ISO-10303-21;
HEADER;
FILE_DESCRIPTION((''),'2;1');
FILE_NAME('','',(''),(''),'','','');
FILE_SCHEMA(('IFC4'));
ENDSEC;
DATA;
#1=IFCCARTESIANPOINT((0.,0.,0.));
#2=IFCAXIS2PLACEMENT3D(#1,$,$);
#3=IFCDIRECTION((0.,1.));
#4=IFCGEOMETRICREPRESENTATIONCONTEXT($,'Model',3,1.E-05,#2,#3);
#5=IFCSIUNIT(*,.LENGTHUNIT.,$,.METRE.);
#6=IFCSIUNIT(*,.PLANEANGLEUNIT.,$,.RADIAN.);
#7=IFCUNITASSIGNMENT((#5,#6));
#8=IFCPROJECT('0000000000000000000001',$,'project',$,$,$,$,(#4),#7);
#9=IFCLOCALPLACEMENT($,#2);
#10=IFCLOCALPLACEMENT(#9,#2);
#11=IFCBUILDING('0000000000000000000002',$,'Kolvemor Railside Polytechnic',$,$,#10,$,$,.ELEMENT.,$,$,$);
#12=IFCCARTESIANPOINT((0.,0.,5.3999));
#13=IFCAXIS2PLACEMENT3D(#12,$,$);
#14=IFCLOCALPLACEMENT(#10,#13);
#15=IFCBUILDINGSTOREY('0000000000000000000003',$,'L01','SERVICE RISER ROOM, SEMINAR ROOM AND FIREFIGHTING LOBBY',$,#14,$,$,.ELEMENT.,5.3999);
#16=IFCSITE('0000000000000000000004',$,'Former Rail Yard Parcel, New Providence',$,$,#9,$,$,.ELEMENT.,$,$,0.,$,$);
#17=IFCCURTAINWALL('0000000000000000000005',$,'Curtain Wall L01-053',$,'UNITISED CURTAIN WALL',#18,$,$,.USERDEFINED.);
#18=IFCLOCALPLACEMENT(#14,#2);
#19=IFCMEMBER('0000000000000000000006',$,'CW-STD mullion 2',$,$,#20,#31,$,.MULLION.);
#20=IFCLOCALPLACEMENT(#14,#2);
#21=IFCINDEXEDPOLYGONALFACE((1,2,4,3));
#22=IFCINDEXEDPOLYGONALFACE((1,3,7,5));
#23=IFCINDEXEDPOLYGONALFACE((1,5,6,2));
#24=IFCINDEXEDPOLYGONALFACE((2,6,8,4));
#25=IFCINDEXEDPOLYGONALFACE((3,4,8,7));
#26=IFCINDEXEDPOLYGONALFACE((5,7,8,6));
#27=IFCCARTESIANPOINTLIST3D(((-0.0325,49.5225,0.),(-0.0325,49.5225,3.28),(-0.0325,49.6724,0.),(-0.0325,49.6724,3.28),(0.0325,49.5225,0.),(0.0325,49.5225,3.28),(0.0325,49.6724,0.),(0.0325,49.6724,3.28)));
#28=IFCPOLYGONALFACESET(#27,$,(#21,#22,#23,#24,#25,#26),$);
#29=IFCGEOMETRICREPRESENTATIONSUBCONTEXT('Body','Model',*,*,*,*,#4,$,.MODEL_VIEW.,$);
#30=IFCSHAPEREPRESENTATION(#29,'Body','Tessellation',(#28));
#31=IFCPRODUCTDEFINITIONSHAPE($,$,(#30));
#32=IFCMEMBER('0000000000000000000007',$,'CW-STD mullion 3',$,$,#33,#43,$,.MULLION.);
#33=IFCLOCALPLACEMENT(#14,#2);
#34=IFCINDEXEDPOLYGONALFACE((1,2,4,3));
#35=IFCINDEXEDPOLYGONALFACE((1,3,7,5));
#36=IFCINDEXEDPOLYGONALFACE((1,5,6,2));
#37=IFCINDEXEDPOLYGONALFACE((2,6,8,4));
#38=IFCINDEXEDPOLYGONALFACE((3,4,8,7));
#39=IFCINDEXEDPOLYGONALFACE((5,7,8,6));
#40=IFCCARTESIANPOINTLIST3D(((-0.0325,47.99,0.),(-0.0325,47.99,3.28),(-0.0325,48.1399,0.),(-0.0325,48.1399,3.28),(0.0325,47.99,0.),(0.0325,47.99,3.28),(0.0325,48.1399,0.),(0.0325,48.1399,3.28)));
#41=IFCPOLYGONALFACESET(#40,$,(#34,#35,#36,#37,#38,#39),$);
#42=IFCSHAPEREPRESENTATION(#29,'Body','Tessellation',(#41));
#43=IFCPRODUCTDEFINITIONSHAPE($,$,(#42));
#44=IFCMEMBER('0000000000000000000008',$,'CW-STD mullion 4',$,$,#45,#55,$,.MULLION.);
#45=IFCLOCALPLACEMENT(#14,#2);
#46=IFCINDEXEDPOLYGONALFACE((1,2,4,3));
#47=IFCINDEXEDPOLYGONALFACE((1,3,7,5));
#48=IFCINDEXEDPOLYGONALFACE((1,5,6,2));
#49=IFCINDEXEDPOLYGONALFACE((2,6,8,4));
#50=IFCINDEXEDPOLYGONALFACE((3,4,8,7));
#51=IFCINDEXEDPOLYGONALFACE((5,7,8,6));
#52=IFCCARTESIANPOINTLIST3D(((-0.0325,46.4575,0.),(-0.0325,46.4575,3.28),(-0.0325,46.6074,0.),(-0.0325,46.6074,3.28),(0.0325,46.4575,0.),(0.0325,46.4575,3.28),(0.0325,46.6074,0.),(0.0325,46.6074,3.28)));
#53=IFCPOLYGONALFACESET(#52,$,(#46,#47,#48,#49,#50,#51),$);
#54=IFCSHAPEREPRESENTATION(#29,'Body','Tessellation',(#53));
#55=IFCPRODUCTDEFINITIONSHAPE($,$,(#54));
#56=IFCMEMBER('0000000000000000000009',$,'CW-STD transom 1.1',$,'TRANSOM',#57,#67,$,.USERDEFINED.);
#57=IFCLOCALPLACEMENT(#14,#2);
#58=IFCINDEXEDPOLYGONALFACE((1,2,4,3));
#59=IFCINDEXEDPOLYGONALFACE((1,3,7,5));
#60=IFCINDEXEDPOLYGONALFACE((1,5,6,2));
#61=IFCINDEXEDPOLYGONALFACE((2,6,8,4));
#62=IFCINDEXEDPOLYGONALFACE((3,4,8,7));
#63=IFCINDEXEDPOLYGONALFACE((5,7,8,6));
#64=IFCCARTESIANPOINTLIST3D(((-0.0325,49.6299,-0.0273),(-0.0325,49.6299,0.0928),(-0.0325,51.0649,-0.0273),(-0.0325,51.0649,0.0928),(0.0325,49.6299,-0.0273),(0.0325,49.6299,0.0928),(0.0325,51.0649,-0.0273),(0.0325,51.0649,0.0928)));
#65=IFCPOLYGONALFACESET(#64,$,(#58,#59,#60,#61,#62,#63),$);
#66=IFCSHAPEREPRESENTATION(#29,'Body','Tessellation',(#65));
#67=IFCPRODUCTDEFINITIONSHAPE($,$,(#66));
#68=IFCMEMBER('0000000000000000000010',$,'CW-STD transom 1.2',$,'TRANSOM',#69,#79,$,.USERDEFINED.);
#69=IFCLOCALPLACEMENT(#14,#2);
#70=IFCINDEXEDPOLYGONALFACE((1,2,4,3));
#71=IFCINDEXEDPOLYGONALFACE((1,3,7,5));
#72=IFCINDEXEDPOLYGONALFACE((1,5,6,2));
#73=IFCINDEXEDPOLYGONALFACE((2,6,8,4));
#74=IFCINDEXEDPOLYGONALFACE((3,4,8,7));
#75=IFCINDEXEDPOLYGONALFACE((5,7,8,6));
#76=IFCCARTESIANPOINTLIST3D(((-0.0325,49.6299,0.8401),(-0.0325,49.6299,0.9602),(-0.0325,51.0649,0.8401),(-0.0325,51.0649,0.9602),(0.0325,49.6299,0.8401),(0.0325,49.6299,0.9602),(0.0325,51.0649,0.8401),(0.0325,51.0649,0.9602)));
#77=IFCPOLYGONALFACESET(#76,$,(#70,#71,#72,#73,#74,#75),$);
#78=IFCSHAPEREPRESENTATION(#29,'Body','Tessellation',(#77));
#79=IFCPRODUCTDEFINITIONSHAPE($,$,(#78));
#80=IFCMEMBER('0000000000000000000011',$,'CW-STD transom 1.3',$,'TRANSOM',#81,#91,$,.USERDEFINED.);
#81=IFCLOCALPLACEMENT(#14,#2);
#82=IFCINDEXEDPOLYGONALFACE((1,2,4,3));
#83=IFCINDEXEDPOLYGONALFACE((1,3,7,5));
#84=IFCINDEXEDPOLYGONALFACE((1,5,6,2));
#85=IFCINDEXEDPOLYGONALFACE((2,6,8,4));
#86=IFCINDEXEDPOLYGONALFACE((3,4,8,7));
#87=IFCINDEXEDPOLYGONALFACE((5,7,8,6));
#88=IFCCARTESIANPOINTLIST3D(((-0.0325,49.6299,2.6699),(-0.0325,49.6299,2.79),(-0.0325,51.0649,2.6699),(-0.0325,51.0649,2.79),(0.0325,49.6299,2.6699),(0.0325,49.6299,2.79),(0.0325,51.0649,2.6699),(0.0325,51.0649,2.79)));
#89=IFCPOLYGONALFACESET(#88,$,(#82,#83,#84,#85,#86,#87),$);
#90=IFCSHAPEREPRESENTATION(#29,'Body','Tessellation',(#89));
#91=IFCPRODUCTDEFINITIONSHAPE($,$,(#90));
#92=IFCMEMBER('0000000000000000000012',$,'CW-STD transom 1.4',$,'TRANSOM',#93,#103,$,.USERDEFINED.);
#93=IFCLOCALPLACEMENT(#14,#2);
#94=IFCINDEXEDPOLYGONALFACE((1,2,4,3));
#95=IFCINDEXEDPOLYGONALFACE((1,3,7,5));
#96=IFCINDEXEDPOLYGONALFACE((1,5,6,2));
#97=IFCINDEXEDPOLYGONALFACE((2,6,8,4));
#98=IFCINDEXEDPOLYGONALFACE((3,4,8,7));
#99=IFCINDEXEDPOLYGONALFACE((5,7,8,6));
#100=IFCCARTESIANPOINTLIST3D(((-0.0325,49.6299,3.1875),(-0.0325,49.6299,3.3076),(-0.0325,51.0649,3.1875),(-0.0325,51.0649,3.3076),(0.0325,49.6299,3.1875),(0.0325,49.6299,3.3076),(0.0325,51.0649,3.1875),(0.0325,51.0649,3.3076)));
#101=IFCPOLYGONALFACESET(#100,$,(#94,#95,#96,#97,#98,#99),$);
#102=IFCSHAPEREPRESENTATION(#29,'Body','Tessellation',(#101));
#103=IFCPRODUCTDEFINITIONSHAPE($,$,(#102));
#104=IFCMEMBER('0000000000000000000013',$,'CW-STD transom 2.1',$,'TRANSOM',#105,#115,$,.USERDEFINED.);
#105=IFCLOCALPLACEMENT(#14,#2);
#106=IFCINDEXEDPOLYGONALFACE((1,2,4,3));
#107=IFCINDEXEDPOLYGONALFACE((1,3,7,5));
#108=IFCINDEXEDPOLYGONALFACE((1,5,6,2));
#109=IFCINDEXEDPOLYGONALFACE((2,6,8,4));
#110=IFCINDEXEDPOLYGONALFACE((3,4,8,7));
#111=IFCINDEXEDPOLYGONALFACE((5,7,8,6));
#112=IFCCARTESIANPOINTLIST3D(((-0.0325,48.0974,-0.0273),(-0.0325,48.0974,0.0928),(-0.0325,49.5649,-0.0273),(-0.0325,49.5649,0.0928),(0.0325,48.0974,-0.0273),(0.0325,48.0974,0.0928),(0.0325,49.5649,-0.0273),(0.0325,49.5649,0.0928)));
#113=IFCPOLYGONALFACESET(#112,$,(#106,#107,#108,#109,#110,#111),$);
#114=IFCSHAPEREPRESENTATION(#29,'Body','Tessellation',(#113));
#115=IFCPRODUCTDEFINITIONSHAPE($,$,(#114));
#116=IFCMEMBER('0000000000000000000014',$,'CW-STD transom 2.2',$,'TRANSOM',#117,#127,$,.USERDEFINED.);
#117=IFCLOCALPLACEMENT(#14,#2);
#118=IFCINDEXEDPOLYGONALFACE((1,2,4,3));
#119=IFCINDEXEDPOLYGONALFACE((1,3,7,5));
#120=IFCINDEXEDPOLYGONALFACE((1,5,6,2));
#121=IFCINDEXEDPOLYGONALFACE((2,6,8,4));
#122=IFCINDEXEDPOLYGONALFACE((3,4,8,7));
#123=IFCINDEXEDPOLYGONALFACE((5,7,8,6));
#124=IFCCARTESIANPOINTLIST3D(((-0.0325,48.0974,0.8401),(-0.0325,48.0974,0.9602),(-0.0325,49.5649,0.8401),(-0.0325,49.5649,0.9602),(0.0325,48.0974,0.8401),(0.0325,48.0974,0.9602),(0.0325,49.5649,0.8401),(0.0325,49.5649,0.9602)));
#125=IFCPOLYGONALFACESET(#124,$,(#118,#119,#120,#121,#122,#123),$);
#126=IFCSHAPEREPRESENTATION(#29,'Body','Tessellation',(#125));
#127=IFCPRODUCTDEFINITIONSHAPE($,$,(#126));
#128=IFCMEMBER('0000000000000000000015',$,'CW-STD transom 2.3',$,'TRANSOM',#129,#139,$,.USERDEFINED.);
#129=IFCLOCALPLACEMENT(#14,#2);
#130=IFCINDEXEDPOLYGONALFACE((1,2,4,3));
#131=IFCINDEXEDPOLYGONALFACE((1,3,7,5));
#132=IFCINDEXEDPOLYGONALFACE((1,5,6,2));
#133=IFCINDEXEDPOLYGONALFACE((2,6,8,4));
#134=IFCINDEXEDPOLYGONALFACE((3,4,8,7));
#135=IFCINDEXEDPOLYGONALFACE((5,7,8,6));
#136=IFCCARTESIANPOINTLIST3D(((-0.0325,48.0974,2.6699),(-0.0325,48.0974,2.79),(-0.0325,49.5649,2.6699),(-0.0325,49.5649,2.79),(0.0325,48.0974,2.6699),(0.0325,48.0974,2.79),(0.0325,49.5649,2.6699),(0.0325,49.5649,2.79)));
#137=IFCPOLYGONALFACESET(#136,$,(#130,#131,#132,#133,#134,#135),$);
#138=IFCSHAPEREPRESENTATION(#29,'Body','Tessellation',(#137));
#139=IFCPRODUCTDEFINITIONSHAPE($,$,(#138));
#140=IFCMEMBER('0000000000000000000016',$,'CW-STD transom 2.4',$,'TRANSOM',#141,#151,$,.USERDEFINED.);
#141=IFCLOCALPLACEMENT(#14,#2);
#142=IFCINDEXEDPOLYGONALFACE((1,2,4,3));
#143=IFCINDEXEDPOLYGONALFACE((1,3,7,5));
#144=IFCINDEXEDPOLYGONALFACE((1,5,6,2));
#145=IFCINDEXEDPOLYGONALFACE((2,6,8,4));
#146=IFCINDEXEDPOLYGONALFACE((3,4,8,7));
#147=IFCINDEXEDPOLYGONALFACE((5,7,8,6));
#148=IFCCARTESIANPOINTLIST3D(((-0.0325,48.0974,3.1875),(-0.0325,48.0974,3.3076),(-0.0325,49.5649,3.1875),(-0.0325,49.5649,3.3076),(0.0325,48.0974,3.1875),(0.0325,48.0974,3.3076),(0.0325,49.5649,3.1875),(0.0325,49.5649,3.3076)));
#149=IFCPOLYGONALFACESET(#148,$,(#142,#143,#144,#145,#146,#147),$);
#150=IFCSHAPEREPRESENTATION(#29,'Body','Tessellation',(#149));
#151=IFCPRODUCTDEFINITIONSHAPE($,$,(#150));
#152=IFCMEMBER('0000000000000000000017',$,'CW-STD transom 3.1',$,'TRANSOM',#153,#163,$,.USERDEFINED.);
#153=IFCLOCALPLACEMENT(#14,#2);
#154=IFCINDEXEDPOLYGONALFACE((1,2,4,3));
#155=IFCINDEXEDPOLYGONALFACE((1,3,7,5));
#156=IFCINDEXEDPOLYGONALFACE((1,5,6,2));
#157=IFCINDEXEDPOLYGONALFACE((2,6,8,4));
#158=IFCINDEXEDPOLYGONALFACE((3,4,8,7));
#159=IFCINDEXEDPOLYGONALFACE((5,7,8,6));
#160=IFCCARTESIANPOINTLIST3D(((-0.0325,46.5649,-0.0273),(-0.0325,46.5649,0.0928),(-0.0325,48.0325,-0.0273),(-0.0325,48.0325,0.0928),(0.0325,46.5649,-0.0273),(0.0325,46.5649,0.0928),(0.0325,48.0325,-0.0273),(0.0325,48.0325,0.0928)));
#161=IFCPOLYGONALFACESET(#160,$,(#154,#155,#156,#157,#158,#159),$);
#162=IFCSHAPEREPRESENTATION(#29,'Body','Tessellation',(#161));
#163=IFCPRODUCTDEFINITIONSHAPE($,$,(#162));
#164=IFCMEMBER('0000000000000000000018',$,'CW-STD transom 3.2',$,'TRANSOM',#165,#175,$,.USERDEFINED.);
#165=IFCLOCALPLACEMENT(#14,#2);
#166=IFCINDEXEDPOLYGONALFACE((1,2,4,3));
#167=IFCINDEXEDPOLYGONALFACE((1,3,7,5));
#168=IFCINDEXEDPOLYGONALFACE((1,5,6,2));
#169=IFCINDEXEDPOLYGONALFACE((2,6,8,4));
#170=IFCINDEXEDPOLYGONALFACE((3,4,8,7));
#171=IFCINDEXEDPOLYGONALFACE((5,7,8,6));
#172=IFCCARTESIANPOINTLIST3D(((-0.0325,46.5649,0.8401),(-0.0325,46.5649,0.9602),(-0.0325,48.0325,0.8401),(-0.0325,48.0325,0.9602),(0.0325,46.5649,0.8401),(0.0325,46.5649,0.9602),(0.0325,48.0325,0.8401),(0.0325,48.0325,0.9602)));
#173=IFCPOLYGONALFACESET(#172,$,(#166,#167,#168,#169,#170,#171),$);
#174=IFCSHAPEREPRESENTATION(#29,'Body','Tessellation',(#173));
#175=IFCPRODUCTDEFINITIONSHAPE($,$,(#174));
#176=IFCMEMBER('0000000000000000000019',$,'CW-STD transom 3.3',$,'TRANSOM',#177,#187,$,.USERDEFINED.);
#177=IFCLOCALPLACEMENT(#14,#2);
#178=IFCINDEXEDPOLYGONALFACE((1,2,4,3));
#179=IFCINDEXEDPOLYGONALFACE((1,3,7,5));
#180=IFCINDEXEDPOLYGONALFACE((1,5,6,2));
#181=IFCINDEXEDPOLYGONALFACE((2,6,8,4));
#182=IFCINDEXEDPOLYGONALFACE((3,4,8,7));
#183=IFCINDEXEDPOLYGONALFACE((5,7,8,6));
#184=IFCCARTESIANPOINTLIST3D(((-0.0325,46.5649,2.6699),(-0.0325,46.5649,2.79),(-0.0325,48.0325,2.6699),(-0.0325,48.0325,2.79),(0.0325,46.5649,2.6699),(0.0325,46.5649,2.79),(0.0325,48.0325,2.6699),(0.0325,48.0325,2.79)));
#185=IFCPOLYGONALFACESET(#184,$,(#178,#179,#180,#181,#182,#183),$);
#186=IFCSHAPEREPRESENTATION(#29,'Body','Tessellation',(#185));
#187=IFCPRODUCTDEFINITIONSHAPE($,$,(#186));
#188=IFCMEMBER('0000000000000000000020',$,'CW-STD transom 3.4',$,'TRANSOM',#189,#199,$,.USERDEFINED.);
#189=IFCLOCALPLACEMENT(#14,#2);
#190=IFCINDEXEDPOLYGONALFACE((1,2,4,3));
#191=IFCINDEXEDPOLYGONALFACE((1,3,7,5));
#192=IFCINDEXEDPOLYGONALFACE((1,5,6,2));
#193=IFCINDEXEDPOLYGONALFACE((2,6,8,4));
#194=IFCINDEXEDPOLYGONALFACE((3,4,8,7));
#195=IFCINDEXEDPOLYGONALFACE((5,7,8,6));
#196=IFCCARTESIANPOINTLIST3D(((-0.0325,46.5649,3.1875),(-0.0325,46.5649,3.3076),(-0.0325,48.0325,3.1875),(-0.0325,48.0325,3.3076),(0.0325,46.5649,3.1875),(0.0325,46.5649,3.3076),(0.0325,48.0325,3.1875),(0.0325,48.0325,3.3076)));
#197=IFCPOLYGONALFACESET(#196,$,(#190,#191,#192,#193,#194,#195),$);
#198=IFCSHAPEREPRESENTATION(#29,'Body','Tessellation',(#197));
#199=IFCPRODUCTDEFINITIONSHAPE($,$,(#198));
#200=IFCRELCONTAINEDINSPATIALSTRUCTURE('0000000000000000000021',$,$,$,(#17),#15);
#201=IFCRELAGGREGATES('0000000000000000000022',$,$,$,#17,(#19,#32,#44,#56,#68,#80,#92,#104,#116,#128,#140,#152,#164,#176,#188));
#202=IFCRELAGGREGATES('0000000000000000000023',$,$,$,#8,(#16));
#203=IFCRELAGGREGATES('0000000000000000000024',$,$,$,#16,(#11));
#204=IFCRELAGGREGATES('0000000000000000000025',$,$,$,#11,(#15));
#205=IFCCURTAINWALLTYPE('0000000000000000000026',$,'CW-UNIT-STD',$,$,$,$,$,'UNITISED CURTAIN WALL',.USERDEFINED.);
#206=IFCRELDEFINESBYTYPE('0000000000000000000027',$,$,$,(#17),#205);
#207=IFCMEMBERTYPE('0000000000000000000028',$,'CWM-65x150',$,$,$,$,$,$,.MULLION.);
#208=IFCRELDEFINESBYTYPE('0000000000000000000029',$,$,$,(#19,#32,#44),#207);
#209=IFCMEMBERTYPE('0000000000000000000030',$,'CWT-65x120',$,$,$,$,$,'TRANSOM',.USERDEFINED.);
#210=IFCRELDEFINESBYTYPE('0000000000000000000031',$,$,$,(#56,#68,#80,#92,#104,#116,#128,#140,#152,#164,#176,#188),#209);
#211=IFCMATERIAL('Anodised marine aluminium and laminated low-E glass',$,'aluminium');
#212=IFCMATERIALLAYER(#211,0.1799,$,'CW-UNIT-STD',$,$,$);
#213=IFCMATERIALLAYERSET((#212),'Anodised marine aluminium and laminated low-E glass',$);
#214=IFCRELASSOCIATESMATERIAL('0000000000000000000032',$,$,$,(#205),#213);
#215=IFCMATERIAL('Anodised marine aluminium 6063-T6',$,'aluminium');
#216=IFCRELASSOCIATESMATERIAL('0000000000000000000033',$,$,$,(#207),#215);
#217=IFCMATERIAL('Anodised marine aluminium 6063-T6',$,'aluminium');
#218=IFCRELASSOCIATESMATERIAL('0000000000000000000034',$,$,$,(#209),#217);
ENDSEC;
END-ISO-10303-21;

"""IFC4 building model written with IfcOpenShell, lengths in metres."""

from ifc_helpers import new_model, si_unit, direction, frame, origin, origin_2d, place, context, subcontext, project, spatial, rectangle, extrude, material, layer, layer_set, material_profile, profile_set, type_object, element, aggregate, save


model = new_model("IFC4")

# Units and contexts
model_context = context("Model", 3, precision=1e-05, world=origin(), true_north=direction((0.0, 1.0)))
body_context = subcontext(model_context, "Body", "Model", "MODEL_VIEW")
ifc_project = project(units=[si_unit("LENGTHUNIT", "METRE"), si_unit("PLANEANGLEUNIT", "RADIAN")], contexts=[model_context])

# Site, building, storey
site_placement = place(None, origin())
site = spatial("IfcSite", under=ifc_project, at=site_placement, Name="Former Rail Yard Parcel, New Providence", CompositionType="ELEMENT", RefElevation=0.0)
building_placement = place(site_placement, origin())
building = spatial("IfcBuilding", under=site, at=building_placement, Name="Kolvemor Railside Polytechnic", CompositionType="ELEMENT")
storey_placement = place(building_placement, frame((0.0, 0.0, 5.3999)))
storey = spatial("IfcBuildingStorey", under=building, at=storey_placement, Name="L01", Description="SERVICE RISER ROOM, SEMINAR ROOM AND FIREFIGHTING LOBBY", CompositionType="ELEMENT", Elevation=5.3999)

# Curtain wall, members
ifc_material_1 = material(Name="Anodised marine aluminium and laminated low-E glass", Category="aluminium")
ifc_layer_1 = layer(ifc_material_1, 0.1799, Name="CW-UNIT-STD")
ifc_layer_set_1 = layer_set([ifc_layer_1], Name="Anodised marine aluminium and laminated low-E glass")
curtain_wall_type = type_object("IfcCurtainWallType", Name="CW-UNIT-STD", ElementType="UNITISED CURTAIN WALL", PredefinedType="USERDEFINED", material=ifc_layer_set_1)
curtain_wall_placement = place(storey_placement, origin())
curtain_wall = element("IfcCurtainWall", 1, at=curtain_wall_placement, inside=storey, type_object=curtain_wall_type, Name="Curtain Wall L01-053", ObjectType="UNITISED CURTAIN WALL", PredefinedType="USERDEFINED")
ifc_material_2 = material(Name="Anodised marine aluminium 6063-T6", Category="aluminium")
ifc_material_profile_1 = material_profile(ifc_material_2, rectangle(XDim=0.0649, YDim=0.1499, at=origin_2d()), Name="CW-MUL-65x150")
ifc_profile_set_1 = profile_set([ifc_material_profile_1], Name="Anodised marine aluminium 6063-T6")
member_type_1 = type_object("IfcMemberType", Name="CWM-65x150", PredefinedType="MULLION", material=ifc_profile_set_1)
member_1_placement = place(storey_placement, frame((0.0, 49.5974, 0.0), z_axis=(0.0, 0.0, 1.0), x_axis=(1.0, 0.0, 0.0)))
member_1 = element("IfcMember", 2, at=member_1_placement, type_object=member_type_1, Name="CW-STD mullion 2", PredefinedType="MULLION", context=body_context, shape_type="SweptSolid", body=[
    extrude(rectangle(XDim=0.0649, YDim=0.1499, at=origin_2d()), origin(), (0.0, 0.0, 1.0), 3.28),
])
member_2_placement = place(storey_placement, frame((0.0, 48.0649, 0.0), z_axis=(0.0, 0.0, 1.0), x_axis=(1.0, 0.0, 0.0)))
member_2 = element("IfcMember", 3, at=member_2_placement, type_object=member_type_1, Name="CW-STD mullion 3", PredefinedType="MULLION", context=body_context, shape_type="SweptSolid", body=[
    extrude(rectangle(XDim=0.0649, YDim=0.1499, at=origin_2d()), origin(), (0.0, 0.0, 1.0), 3.28),
])
member_3_placement = place(storey_placement, frame((0.0, 46.5325, 0.0), z_axis=(0.0, 0.0, 1.0), x_axis=(1.0, 0.0, 0.0)))
member_3 = element("IfcMember", 4, at=member_3_placement, type_object=member_type_1, Name="CW-STD mullion 4", PredefinedType="MULLION", context=body_context, shape_type="SweptSolid", body=[
    extrude(rectangle(XDim=0.0649, YDim=0.1499, at=origin_2d()), origin(), (0.0, 0.0, 1.0), 3.28),
])
ifc_material_3 = material(Name="Anodised marine aluminium 6063-T6", Category="aluminium")
ifc_material_profile_2 = material_profile(ifc_material_3, rectangle(XDim=0.0649, YDim=0.1201, at=origin_2d()), Name="CW-TRN-65x120")
ifc_profile_set_2 = profile_set([ifc_material_profile_2], Name="Anodised marine aluminium 6063-T6")
member_type_2 = type_object("IfcMemberType", Name="CWT-65x120", ElementType="TRANSOM", PredefinedType="USERDEFINED", material=ifc_profile_set_2)
member_4_placement = place(storey_placement, frame((0.0, 51.0649, 0.0327), z_axis=(0.0, -1.0, 0.0), x_axis=(1.0, 0.0, 0.0)))
member_4 = element("IfcMember", 5, at=member_4_placement, type_object=member_type_2, Name="CW-STD transom 1.1", ObjectType="TRANSOM", PredefinedType="USERDEFINED", context=body_context, shape_type="SweptSolid", body=[
    extrude(rectangle(XDim=0.0649, YDim=0.1201, at=origin_2d()), origin(), (0.0, 0.0, 1.0), 1.4351),
])
member_5_placement = place(storey_placement, frame((0.0, 51.0649, 0.9001), z_axis=(0.0, -1.0, 0.0), x_axis=(1.0, 0.0, 0.0)))
member_5 = element("IfcMember", 6, at=member_5_placement, type_object=member_type_2, Name="CW-STD transom 1.2", ObjectType="TRANSOM", PredefinedType="USERDEFINED", context=body_context, shape_type="SweptSolid", body=[
    extrude(rectangle(XDim=0.0649, YDim=0.1201, at=origin_2d()), origin(), (0.0, 0.0, 1.0), 1.4351),
])
member_6_placement = place(storey_placement, frame((0.0, 51.0649, 2.73), z_axis=(0.0, -1.0, 0.0), x_axis=(1.0, 0.0, 0.0)))
member_6 = element("IfcMember", 7, at=member_6_placement, type_object=member_type_2, Name="CW-STD transom 1.3", ObjectType="TRANSOM", PredefinedType="USERDEFINED", context=body_context, shape_type="SweptSolid", body=[
    extrude(rectangle(XDim=0.0649, YDim=0.1201, at=origin_2d()), origin(), (0.0, 0.0, 1.0), 1.4351),
])
member_7_placement = place(storey_placement, frame((0.0, 51.0649, 3.2476), z_axis=(0.0, -1.0, 0.0), x_axis=(1.0, 0.0, 0.0)))
member_7 = element("IfcMember", 8, at=member_7_placement, type_object=member_type_2, Name="CW-STD transom 1.4", ObjectType="TRANSOM", PredefinedType="USERDEFINED", context=body_context, shape_type="SweptSolid", body=[
    extrude(rectangle(XDim=0.0649, YDim=0.1201, at=origin_2d()), origin(), (0.0, 0.0, 1.0), 1.4351),
])
member_8_placement = place(storey_placement, frame((0.0, 49.5649, 0.0327), z_axis=(0.0, -1.0, 0.0), x_axis=(1.0, 0.0, 0.0)))
member_8 = element("IfcMember", 9, at=member_8_placement, type_object=member_type_2, Name="CW-STD transom 2.1", ObjectType="TRANSOM", PredefinedType="USERDEFINED", context=body_context, shape_type="SweptSolid", body=[
    extrude(rectangle(XDim=0.0649, YDim=0.1201, at=origin_2d()), origin(), (0.0, 0.0, 1.0), 1.4675),
])
member_9_placement = place(storey_placement, frame((0.0, 49.5649, 0.9001), z_axis=(0.0, -1.0, 0.0), x_axis=(1.0, 0.0, 0.0)))
member_9 = element("IfcMember", 10, at=member_9_placement, type_object=member_type_2, Name="CW-STD transom 2.2", ObjectType="TRANSOM", PredefinedType="USERDEFINED", context=body_context, shape_type="SweptSolid", body=[
    extrude(rectangle(XDim=0.0649, YDim=0.1201, at=origin_2d()), origin(), (0.0, 0.0, 1.0), 1.4675),
])
member_10_placement = place(storey_placement, frame((0.0, 49.5649, 2.73), z_axis=(0.0, -1.0, 0.0), x_axis=(1.0, 0.0, 0.0)))
member_10 = element("IfcMember", 11, at=member_10_placement, type_object=member_type_2, Name="CW-STD transom 2.3", ObjectType="TRANSOM", PredefinedType="USERDEFINED", context=body_context, shape_type="SweptSolid", body=[
    extrude(rectangle(XDim=0.0649, YDim=0.1201, at=origin_2d()), origin(), (0.0, 0.0, 1.0), 1.4675),
])
member_11_placement = place(storey_placement, frame((0.0, 49.5649, 3.2476), z_axis=(0.0, -1.0, 0.0), x_axis=(1.0, 0.0, 0.0)))
member_11 = element("IfcMember", 12, at=member_11_placement, type_object=member_type_2, Name="CW-STD transom 2.4", ObjectType="TRANSOM", PredefinedType="USERDEFINED", context=body_context, shape_type="SweptSolid", body=[
    extrude(rectangle(XDim=0.0649, YDim=0.1201, at=origin_2d()), origin(), (0.0, 0.0, 1.0), 1.4675),
])
member_12_placement = place(storey_placement, frame((0.0, 48.0325, 0.0327), z_axis=(0.0, -1.0, 0.0), x_axis=(1.0, 0.0, 0.0)))
member_12 = element("IfcMember", 13, at=member_12_placement, type_object=member_type_2, Name="CW-STD transom 3.1", ObjectType="TRANSOM", PredefinedType="USERDEFINED", context=body_context, shape_type="SweptSolid", body=[
    extrude(rectangle(XDim=0.0649, YDim=0.1201, at=origin_2d()), origin(), (0.0, 0.0, 1.0), 1.4675),
])
member_13_placement = place(storey_placement, frame((0.0, 48.0325, 0.9001), z_axis=(0.0, -1.0, 0.0), x_axis=(1.0, 0.0, 0.0)))
member_13 = element("IfcMember", 14, at=member_13_placement, type_object=member_type_2, Name="CW-STD transom 3.2", ObjectType="TRANSOM", PredefinedType="USERDEFINED", context=body_context, shape_type="SweptSolid", body=[
    extrude(rectangle(XDim=0.0649, YDim=0.1201, at=origin_2d()), origin(), (0.0, 0.0, 1.0), 1.4675),
])
member_14_placement = place(storey_placement, frame((0.0, 48.0325, 2.73), z_axis=(0.0, -1.0, 0.0), x_axis=(1.0, 0.0, 0.0)))
member_14 = element("IfcMember", 15, at=member_14_placement, type_object=member_type_2, Name="CW-STD transom 3.3", ObjectType="TRANSOM", PredefinedType="USERDEFINED", context=body_context, shape_type="SweptSolid", body=[
    extrude(rectangle(XDim=0.0649, YDim=0.1201, at=origin_2d()), origin(), (0.0, 0.0, 1.0), 1.4675),
])
member_15_placement = place(storey_placement, frame((0.0, 48.0325, 3.2476), z_axis=(0.0, -1.0, 0.0), x_axis=(1.0, 0.0, 0.0)))
member_15 = element("IfcMember", 16, at=member_15_placement, type_object=member_type_2, Name="CW-STD transom 3.4", ObjectType="TRANSOM", PredefinedType="USERDEFINED", context=body_context, shape_type="SweptSolid", body=[
    extrude(rectangle(XDim=0.0649, YDim=0.1201, at=origin_2d()), origin(), (0.0, 0.0, 1.0), 1.4675),
])
aggregate(curtain_wall, [member_1, member_2, member_3, member_4, member_5, member_6, member_7, member_8, member_9, member_10, member_11, member_12, member_13, member_14, member_15])

save(model, "model.ifc")
